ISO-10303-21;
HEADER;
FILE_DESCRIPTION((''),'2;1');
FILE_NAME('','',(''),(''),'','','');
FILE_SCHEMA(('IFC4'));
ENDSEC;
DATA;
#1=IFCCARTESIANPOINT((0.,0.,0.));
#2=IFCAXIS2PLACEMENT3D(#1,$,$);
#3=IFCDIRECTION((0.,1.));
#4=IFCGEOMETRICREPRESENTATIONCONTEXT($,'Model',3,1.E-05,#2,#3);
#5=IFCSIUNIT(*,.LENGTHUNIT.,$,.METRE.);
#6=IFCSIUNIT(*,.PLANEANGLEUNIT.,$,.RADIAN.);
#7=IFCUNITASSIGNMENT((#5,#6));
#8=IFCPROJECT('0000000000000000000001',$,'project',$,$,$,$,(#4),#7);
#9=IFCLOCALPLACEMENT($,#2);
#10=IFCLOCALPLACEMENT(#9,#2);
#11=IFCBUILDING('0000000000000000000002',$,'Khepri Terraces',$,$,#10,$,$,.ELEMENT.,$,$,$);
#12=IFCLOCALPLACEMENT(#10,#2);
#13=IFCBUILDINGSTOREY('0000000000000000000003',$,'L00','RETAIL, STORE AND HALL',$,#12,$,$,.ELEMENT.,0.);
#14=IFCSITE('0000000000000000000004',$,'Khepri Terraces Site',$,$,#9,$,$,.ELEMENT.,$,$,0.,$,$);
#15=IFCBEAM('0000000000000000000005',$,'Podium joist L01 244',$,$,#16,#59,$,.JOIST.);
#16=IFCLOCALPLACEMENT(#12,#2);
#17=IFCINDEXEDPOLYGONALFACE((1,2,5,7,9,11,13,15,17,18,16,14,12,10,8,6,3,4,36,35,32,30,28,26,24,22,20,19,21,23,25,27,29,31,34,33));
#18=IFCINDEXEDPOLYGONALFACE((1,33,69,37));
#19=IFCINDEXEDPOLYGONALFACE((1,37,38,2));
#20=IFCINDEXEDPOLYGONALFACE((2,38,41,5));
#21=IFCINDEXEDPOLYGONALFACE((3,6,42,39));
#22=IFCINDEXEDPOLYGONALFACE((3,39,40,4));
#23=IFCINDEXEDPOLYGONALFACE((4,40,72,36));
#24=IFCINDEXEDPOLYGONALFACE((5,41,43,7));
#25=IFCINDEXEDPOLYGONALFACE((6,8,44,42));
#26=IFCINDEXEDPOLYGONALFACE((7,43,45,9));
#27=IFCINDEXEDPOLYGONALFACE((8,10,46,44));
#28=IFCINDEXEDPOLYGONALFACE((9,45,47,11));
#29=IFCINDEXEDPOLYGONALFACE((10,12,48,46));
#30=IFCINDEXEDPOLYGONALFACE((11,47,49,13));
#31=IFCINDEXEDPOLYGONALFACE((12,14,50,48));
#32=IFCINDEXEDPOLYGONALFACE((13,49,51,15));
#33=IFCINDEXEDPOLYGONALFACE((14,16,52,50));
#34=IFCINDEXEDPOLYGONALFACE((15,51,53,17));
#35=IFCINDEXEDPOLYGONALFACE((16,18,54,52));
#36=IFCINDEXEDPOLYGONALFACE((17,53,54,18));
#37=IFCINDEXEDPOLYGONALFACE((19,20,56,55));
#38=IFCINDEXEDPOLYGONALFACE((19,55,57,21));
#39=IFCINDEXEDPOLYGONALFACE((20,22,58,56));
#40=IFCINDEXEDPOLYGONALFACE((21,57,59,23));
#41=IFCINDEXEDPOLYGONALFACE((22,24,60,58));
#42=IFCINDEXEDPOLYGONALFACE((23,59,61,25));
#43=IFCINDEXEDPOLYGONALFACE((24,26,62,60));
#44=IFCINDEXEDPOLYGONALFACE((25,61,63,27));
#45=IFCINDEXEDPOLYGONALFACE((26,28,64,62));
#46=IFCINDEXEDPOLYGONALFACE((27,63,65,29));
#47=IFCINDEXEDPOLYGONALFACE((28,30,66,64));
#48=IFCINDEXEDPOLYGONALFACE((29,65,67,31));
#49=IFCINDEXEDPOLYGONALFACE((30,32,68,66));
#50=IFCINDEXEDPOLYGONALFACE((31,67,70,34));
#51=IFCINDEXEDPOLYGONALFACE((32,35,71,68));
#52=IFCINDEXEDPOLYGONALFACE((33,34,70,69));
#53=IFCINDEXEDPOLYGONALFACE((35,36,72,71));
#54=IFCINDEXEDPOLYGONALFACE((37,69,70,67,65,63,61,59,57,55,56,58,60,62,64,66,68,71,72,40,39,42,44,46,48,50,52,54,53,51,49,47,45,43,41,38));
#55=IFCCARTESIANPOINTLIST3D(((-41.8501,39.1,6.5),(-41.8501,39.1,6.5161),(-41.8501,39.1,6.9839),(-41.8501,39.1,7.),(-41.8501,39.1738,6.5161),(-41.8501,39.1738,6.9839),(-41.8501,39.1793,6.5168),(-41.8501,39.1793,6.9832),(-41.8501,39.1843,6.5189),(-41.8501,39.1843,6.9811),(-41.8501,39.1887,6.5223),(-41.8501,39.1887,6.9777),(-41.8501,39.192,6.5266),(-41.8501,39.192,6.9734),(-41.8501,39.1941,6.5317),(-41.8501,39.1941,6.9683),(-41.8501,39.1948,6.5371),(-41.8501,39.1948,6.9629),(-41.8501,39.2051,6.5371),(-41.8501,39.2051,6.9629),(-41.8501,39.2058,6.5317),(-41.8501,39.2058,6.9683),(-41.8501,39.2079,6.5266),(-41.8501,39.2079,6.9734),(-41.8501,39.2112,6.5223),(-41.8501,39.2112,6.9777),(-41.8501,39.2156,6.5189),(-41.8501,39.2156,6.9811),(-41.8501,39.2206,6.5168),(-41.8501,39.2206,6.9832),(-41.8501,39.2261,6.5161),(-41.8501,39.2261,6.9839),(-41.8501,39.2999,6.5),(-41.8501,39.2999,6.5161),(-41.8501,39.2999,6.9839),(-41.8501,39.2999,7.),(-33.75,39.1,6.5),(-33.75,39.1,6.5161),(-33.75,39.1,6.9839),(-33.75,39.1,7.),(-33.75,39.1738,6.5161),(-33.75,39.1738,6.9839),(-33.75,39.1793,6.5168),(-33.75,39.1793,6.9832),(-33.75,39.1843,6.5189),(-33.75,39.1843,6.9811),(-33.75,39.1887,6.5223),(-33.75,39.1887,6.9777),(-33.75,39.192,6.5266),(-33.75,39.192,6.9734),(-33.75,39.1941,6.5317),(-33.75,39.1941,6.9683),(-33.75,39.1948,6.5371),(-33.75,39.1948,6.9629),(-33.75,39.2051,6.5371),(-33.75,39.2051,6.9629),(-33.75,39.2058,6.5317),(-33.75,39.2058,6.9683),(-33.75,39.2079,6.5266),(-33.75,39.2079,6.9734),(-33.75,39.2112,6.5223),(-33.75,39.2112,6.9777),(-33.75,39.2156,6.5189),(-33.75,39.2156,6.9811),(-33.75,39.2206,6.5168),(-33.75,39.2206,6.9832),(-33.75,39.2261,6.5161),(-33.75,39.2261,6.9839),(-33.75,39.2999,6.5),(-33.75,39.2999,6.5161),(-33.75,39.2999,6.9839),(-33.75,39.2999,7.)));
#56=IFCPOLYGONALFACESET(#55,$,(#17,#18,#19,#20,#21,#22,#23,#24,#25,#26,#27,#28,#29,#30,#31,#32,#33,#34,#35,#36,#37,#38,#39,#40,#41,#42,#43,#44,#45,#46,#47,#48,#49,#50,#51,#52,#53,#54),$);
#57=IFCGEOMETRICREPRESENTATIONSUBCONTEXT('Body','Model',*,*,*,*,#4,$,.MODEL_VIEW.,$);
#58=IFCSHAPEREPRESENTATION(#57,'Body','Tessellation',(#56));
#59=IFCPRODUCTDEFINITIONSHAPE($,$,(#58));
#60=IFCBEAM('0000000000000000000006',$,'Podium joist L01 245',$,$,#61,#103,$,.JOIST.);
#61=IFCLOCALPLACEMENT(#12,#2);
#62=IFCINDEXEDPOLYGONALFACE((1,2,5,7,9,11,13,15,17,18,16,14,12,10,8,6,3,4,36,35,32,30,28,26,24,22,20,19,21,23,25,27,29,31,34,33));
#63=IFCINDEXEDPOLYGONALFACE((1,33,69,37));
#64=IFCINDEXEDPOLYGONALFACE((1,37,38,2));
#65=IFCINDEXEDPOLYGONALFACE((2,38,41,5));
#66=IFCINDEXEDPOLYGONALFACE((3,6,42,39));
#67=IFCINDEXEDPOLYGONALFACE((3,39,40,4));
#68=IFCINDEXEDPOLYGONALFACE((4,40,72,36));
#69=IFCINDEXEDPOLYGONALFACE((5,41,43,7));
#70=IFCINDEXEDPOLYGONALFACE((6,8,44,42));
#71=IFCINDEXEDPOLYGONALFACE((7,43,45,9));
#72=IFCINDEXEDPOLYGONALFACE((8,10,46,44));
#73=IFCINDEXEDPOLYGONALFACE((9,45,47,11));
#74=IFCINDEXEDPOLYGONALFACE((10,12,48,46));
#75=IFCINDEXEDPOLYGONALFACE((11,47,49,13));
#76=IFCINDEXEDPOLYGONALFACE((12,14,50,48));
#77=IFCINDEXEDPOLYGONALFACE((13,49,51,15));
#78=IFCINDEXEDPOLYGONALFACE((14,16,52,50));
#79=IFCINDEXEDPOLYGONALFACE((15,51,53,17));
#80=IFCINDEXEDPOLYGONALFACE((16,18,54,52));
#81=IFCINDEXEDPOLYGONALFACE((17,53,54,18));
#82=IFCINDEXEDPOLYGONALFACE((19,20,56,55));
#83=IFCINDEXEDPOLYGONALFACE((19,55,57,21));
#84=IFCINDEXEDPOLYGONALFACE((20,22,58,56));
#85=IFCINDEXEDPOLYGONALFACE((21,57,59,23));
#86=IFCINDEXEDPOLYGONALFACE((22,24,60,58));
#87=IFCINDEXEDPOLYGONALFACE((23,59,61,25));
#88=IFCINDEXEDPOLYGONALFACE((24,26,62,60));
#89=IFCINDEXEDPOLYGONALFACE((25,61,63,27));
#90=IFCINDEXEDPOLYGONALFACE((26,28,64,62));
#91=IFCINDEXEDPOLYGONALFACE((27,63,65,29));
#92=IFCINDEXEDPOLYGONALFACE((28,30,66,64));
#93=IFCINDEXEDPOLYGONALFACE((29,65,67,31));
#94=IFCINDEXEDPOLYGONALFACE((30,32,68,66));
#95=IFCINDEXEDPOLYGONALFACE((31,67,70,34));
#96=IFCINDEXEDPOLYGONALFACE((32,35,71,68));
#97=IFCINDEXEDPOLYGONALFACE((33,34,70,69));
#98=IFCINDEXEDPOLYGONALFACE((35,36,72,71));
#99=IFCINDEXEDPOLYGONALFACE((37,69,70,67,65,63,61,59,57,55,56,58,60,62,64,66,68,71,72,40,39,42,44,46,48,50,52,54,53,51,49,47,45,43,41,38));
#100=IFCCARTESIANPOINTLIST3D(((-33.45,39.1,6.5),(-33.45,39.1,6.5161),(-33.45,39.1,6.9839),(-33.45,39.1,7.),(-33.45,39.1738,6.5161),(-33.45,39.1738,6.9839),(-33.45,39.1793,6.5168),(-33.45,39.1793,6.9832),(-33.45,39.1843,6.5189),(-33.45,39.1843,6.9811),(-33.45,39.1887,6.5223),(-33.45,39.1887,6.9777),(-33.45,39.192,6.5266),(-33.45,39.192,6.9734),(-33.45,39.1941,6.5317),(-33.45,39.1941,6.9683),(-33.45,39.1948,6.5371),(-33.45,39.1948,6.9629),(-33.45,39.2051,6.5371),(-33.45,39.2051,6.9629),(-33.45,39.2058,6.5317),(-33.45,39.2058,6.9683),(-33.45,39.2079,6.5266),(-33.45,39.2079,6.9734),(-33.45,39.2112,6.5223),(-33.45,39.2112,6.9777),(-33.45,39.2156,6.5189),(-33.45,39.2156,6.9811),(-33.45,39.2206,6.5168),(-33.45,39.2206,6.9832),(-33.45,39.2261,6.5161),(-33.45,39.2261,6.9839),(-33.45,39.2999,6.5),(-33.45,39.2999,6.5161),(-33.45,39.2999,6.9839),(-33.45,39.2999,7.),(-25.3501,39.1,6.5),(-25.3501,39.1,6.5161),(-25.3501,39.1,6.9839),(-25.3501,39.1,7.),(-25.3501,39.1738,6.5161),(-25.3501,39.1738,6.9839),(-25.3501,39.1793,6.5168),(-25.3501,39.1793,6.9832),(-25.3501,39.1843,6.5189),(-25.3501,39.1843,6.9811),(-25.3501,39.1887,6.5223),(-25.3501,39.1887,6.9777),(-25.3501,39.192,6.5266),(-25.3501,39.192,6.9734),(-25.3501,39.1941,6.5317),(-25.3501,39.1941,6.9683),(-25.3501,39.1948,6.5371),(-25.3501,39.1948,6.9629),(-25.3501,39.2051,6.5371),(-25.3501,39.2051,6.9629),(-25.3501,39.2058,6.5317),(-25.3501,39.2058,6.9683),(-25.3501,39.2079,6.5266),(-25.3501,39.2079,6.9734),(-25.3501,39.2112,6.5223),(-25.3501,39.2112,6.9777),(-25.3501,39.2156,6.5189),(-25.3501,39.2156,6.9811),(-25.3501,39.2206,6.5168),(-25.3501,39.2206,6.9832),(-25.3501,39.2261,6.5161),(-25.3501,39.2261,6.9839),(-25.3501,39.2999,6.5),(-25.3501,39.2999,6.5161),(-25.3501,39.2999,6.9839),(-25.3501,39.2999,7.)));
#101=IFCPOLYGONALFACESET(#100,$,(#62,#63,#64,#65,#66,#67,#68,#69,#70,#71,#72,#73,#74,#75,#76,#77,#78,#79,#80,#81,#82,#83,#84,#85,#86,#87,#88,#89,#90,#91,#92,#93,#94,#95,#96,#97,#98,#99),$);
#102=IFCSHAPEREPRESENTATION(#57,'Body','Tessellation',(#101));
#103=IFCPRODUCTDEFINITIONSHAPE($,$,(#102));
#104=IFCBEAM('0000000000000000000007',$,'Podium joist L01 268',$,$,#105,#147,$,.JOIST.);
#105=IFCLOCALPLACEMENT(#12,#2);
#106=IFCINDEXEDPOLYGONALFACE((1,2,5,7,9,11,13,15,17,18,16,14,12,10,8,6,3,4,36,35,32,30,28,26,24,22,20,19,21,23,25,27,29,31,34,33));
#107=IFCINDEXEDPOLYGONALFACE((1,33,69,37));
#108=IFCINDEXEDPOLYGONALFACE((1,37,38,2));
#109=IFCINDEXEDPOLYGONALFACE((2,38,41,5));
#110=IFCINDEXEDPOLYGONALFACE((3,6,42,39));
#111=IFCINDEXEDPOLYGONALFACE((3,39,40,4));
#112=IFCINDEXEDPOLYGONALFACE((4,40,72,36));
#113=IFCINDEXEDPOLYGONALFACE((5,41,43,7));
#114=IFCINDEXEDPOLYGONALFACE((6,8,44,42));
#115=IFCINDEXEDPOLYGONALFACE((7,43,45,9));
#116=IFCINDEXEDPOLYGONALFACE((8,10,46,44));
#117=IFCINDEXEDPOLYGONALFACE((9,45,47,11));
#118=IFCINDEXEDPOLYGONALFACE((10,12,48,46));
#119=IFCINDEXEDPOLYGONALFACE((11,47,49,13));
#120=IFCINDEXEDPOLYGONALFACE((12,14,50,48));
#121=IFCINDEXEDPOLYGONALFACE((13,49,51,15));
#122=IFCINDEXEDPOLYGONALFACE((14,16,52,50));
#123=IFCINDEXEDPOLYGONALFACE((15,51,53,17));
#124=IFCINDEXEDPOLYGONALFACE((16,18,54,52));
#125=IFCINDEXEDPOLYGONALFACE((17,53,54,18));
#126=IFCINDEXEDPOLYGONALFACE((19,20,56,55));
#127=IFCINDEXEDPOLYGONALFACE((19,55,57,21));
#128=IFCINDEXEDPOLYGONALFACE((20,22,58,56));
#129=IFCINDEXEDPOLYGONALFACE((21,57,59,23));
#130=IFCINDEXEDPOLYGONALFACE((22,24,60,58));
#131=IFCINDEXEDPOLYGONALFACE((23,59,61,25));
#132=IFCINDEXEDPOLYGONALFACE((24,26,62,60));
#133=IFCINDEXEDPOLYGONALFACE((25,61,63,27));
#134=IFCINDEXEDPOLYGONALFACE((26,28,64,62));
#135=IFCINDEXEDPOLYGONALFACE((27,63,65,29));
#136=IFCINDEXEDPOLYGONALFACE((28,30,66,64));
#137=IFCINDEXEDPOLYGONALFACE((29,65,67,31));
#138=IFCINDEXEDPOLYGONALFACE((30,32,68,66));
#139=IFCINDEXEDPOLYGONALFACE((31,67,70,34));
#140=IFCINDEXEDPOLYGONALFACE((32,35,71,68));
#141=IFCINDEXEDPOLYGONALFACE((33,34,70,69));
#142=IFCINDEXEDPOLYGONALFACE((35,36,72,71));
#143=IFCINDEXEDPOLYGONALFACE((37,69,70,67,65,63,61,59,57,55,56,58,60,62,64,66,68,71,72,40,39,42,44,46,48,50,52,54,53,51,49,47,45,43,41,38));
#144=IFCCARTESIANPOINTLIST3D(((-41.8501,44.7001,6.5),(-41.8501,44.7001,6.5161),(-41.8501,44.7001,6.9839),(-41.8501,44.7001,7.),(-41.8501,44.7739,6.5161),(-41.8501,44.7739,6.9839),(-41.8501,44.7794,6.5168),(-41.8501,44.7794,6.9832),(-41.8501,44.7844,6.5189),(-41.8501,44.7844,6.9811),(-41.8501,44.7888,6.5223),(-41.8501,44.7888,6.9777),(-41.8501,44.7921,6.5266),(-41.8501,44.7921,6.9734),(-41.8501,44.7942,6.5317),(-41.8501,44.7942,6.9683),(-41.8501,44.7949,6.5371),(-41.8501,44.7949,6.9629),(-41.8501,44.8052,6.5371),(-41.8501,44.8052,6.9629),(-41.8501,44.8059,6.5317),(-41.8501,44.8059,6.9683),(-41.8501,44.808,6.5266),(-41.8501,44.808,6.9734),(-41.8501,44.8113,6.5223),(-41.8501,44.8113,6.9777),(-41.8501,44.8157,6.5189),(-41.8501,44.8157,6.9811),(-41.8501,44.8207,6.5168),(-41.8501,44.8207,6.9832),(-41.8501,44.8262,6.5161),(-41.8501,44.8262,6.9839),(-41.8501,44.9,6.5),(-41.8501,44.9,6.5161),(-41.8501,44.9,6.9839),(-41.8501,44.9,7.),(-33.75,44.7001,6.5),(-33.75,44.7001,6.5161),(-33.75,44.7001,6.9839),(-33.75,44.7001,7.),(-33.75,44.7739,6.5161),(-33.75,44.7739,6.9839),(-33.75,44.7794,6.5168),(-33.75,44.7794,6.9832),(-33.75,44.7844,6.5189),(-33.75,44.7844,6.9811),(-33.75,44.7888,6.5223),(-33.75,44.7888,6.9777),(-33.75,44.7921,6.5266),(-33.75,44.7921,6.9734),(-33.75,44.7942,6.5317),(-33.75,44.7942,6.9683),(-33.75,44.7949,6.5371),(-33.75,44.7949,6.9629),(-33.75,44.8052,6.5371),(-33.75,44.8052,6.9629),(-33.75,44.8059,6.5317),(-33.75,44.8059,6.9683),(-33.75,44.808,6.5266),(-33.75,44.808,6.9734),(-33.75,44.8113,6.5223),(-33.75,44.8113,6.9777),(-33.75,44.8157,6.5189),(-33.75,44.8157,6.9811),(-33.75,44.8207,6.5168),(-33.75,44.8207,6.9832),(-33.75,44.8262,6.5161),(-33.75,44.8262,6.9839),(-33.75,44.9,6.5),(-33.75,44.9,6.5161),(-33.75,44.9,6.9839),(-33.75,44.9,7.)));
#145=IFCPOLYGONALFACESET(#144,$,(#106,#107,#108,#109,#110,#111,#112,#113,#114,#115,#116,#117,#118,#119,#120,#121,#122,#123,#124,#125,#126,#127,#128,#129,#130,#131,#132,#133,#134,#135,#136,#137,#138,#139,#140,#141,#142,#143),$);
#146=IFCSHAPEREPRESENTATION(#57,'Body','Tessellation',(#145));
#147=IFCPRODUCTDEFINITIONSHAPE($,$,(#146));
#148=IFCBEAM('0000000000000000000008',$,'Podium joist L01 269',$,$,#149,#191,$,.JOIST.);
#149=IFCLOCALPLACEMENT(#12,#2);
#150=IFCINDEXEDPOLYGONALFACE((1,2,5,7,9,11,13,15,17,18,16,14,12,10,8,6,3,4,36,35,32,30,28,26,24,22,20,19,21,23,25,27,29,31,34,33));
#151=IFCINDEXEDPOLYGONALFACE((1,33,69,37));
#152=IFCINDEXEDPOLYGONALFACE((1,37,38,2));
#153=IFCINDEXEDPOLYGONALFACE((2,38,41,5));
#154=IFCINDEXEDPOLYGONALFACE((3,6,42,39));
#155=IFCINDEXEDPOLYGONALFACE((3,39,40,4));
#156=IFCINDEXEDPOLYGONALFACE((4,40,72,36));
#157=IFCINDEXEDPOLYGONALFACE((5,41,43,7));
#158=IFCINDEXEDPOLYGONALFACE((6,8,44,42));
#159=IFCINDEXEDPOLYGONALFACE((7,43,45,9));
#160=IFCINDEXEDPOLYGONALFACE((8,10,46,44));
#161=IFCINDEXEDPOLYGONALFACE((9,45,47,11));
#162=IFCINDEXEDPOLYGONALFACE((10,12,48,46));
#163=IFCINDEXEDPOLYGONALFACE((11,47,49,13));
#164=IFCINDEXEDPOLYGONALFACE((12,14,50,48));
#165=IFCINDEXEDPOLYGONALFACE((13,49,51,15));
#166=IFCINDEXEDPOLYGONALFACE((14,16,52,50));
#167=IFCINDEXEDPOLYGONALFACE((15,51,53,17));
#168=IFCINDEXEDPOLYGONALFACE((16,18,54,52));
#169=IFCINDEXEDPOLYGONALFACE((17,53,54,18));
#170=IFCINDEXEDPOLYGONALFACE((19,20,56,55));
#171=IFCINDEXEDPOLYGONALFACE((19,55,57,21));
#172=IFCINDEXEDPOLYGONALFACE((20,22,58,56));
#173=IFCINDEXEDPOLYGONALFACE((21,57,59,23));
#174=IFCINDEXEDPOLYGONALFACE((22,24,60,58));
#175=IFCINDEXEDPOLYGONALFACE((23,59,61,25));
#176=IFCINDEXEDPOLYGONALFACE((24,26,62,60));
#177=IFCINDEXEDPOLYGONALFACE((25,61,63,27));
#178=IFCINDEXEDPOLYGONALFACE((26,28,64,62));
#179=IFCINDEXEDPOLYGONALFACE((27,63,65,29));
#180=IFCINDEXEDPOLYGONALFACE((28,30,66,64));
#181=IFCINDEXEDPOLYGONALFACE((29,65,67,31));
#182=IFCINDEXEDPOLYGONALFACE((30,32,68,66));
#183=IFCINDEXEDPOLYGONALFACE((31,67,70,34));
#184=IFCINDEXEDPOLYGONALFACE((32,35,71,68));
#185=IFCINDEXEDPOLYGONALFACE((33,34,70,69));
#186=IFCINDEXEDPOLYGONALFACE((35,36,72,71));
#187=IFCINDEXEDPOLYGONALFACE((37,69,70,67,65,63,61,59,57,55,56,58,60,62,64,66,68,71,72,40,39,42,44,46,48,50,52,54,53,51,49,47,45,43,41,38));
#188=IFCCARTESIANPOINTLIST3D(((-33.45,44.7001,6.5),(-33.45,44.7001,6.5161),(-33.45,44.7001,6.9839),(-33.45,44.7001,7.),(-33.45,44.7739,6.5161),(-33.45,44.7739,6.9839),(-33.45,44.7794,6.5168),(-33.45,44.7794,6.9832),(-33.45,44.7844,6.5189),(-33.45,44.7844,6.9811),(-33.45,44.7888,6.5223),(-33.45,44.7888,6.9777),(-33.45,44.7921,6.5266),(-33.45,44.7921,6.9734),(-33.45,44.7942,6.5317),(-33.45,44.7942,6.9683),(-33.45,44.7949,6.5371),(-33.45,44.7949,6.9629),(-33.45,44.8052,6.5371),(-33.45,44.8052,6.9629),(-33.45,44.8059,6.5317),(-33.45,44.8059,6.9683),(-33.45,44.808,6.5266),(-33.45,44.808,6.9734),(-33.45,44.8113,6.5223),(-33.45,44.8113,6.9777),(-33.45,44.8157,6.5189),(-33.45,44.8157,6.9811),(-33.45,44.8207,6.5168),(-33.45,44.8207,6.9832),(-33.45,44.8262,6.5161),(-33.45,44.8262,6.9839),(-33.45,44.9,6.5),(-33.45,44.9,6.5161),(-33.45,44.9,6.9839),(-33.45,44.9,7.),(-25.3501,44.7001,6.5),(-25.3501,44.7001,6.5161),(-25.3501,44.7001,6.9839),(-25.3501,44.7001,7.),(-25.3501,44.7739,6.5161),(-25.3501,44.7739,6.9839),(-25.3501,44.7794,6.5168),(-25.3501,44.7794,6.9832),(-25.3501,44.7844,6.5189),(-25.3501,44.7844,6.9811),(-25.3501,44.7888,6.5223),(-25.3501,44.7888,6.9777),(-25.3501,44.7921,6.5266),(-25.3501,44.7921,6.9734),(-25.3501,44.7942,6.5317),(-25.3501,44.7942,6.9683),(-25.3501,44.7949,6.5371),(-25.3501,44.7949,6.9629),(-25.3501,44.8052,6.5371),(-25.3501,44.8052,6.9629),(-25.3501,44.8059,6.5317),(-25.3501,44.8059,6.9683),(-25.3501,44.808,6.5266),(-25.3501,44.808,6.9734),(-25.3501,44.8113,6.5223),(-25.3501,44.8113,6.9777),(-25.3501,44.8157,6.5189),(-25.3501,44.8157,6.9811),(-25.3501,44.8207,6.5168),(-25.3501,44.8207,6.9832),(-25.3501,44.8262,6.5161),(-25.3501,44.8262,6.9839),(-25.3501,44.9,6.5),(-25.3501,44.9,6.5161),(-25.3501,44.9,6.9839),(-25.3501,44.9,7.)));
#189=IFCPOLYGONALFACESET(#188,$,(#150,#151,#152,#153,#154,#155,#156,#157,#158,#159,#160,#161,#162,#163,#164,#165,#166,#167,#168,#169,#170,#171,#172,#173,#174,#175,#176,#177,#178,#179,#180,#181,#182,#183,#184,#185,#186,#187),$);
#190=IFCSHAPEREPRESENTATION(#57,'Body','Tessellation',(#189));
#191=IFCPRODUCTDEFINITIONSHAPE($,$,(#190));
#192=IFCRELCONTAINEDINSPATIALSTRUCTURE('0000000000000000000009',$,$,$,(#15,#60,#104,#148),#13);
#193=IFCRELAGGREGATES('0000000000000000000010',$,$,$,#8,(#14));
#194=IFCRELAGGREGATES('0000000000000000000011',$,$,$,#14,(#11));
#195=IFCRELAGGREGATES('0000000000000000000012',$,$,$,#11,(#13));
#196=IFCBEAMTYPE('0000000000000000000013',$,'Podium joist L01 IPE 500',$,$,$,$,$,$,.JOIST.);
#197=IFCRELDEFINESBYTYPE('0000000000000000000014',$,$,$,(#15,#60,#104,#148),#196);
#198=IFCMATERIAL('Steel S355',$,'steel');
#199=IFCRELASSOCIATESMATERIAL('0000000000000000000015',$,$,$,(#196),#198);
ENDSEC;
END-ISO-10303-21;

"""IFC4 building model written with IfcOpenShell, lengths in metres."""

from ifc_helpers import new_model, si_unit, direction, frame, origin, origin_2d, place, context, subcontext, project, spatial, i_section, extrude, material, material_profile, profile_set, type_object, element, save


model = new_model("IFC4")

# Units and contexts
model_context = context("Model", 3, precision=1e-05, world=origin(), true_north=direction((0.0, 1.0)))
body_context = subcontext(model_context, "Body", "Model", "MODEL_VIEW")
ifc_project = project(units=[si_unit("LENGTHUNIT", "METRE"), si_unit("PLANEANGLEUNIT", "RADIAN")], contexts=[model_context])

# Site, building, storey
site_placement = place(None, origin())
site = spatial("IfcSite", under=ifc_project, at=site_placement, Name="Khepri Terraces Site", CompositionType="ELEMENT", RefElevation=0.0)
building_placement = place(site_placement, origin())
building = spatial("IfcBuilding", under=site, at=building_placement, Name="Khepri Terraces", CompositionType="ELEMENT")
storey_placement = place(building_placement, origin())
storey = spatial("IfcBuildingStorey", under=building, at=storey_placement, Name="L00", Description="RETAIL, STORE AND HALL", CompositionType="ELEMENT", Elevation=0.0)

# Beams
ifc_material_1 = material(Name="Steel S355", Category="steel")
ifc_material_profile_1 = material_profile(ifc_material_1, i_section(OverallWidth=0.2, OverallDepth=0.5, WebThickness=0.0103, FlangeThickness=0.0161, FilletRadius=0.021, at=origin_2d()), Name="Steel S355", Category="steel")
ifc_profile_set_1 = profile_set([ifc_material_profile_1], Name="Steel S355")
beam_type_1 = type_object("IfcBeamType", Name="Podium joist L01 IPE 500", PredefinedType="JOIST", material=ifc_profile_set_1)
beam_1_placement = place(storey_placement, frame((-41.8501, 39.2, 6.75), z_axis=(1.0, 0.0, 0.0), x_axis=(0.0, 1.0, 0.0)))
element("IfcBeam", 1, at=beam_1_placement, inside=storey, type_object=beam_type_1, Name="Podium joist L01 244", PredefinedType="JOIST", context=body_context, shape_type="SweptSolid", body=[
    extrude(i_section(OverallWidth=0.2, OverallDepth=0.5, WebThickness=0.0103, FlangeThickness=0.0161, FilletRadius=0.021, at=origin_2d()), origin(), (0.0, 0.0, 1.0), 8.1001),
])
beam_2_placement = place(storey_placement, frame((-33.45, 39.2, 6.75), z_axis=(1.0, 0.0, 0.0), x_axis=(0.0, 1.0, 0.0)))
element("IfcBeam", 2, at=beam_2_placement, inside=storey, type_object=beam_type_1, Name="Podium joist L01 245", PredefinedType="JOIST", context=body_context, shape_type="SweptSolid", body=[
    extrude(i_section(OverallWidth=0.2, OverallDepth=0.5, WebThickness=0.0103, FlangeThickness=0.0161, FilletRadius=0.021, at=origin_2d()), origin(), (0.0, 0.0, 1.0), 8.0999),
])
beam_3_placement = place(storey_placement, frame((-41.8501, 44.8, 6.75), z_axis=(1.0, 0.0, 0.0), x_axis=(0.0, 1.0, 0.0)))
element("IfcBeam", 3, at=beam_3_placement, inside=storey, type_object=beam_type_1, Name="Podium joist L01 268", PredefinedType="JOIST", context=body_context, shape_type="SweptSolid", body=[
    extrude(i_section(OverallWidth=0.2, OverallDepth=0.5, WebThickness=0.0103, FlangeThickness=0.0161, FilletRadius=0.021, at=origin_2d()), origin(), (0.0, 0.0, 1.0), 8.1001),
])
beam_4_placement = place(storey_placement, frame((-33.45, 44.8, 6.75), z_axis=(1.0, 0.0, 0.0), x_axis=(0.0, 1.0, 0.0)))
element("IfcBeam", 4, at=beam_4_placement, inside=storey, type_object=beam_type_1, Name="Podium joist L01 269", PredefinedType="JOIST", context=body_context, shape_type="SweptSolid", body=[
    extrude(i_section(OverallWidth=0.2, OverallDepth=0.5, WebThickness=0.0103, FlangeThickness=0.0161, FilletRadius=0.021, at=origin_2d()), origin(), (0.0, 0.0, 1.0), 8.0999),
])

save(model, "model.ifc")
